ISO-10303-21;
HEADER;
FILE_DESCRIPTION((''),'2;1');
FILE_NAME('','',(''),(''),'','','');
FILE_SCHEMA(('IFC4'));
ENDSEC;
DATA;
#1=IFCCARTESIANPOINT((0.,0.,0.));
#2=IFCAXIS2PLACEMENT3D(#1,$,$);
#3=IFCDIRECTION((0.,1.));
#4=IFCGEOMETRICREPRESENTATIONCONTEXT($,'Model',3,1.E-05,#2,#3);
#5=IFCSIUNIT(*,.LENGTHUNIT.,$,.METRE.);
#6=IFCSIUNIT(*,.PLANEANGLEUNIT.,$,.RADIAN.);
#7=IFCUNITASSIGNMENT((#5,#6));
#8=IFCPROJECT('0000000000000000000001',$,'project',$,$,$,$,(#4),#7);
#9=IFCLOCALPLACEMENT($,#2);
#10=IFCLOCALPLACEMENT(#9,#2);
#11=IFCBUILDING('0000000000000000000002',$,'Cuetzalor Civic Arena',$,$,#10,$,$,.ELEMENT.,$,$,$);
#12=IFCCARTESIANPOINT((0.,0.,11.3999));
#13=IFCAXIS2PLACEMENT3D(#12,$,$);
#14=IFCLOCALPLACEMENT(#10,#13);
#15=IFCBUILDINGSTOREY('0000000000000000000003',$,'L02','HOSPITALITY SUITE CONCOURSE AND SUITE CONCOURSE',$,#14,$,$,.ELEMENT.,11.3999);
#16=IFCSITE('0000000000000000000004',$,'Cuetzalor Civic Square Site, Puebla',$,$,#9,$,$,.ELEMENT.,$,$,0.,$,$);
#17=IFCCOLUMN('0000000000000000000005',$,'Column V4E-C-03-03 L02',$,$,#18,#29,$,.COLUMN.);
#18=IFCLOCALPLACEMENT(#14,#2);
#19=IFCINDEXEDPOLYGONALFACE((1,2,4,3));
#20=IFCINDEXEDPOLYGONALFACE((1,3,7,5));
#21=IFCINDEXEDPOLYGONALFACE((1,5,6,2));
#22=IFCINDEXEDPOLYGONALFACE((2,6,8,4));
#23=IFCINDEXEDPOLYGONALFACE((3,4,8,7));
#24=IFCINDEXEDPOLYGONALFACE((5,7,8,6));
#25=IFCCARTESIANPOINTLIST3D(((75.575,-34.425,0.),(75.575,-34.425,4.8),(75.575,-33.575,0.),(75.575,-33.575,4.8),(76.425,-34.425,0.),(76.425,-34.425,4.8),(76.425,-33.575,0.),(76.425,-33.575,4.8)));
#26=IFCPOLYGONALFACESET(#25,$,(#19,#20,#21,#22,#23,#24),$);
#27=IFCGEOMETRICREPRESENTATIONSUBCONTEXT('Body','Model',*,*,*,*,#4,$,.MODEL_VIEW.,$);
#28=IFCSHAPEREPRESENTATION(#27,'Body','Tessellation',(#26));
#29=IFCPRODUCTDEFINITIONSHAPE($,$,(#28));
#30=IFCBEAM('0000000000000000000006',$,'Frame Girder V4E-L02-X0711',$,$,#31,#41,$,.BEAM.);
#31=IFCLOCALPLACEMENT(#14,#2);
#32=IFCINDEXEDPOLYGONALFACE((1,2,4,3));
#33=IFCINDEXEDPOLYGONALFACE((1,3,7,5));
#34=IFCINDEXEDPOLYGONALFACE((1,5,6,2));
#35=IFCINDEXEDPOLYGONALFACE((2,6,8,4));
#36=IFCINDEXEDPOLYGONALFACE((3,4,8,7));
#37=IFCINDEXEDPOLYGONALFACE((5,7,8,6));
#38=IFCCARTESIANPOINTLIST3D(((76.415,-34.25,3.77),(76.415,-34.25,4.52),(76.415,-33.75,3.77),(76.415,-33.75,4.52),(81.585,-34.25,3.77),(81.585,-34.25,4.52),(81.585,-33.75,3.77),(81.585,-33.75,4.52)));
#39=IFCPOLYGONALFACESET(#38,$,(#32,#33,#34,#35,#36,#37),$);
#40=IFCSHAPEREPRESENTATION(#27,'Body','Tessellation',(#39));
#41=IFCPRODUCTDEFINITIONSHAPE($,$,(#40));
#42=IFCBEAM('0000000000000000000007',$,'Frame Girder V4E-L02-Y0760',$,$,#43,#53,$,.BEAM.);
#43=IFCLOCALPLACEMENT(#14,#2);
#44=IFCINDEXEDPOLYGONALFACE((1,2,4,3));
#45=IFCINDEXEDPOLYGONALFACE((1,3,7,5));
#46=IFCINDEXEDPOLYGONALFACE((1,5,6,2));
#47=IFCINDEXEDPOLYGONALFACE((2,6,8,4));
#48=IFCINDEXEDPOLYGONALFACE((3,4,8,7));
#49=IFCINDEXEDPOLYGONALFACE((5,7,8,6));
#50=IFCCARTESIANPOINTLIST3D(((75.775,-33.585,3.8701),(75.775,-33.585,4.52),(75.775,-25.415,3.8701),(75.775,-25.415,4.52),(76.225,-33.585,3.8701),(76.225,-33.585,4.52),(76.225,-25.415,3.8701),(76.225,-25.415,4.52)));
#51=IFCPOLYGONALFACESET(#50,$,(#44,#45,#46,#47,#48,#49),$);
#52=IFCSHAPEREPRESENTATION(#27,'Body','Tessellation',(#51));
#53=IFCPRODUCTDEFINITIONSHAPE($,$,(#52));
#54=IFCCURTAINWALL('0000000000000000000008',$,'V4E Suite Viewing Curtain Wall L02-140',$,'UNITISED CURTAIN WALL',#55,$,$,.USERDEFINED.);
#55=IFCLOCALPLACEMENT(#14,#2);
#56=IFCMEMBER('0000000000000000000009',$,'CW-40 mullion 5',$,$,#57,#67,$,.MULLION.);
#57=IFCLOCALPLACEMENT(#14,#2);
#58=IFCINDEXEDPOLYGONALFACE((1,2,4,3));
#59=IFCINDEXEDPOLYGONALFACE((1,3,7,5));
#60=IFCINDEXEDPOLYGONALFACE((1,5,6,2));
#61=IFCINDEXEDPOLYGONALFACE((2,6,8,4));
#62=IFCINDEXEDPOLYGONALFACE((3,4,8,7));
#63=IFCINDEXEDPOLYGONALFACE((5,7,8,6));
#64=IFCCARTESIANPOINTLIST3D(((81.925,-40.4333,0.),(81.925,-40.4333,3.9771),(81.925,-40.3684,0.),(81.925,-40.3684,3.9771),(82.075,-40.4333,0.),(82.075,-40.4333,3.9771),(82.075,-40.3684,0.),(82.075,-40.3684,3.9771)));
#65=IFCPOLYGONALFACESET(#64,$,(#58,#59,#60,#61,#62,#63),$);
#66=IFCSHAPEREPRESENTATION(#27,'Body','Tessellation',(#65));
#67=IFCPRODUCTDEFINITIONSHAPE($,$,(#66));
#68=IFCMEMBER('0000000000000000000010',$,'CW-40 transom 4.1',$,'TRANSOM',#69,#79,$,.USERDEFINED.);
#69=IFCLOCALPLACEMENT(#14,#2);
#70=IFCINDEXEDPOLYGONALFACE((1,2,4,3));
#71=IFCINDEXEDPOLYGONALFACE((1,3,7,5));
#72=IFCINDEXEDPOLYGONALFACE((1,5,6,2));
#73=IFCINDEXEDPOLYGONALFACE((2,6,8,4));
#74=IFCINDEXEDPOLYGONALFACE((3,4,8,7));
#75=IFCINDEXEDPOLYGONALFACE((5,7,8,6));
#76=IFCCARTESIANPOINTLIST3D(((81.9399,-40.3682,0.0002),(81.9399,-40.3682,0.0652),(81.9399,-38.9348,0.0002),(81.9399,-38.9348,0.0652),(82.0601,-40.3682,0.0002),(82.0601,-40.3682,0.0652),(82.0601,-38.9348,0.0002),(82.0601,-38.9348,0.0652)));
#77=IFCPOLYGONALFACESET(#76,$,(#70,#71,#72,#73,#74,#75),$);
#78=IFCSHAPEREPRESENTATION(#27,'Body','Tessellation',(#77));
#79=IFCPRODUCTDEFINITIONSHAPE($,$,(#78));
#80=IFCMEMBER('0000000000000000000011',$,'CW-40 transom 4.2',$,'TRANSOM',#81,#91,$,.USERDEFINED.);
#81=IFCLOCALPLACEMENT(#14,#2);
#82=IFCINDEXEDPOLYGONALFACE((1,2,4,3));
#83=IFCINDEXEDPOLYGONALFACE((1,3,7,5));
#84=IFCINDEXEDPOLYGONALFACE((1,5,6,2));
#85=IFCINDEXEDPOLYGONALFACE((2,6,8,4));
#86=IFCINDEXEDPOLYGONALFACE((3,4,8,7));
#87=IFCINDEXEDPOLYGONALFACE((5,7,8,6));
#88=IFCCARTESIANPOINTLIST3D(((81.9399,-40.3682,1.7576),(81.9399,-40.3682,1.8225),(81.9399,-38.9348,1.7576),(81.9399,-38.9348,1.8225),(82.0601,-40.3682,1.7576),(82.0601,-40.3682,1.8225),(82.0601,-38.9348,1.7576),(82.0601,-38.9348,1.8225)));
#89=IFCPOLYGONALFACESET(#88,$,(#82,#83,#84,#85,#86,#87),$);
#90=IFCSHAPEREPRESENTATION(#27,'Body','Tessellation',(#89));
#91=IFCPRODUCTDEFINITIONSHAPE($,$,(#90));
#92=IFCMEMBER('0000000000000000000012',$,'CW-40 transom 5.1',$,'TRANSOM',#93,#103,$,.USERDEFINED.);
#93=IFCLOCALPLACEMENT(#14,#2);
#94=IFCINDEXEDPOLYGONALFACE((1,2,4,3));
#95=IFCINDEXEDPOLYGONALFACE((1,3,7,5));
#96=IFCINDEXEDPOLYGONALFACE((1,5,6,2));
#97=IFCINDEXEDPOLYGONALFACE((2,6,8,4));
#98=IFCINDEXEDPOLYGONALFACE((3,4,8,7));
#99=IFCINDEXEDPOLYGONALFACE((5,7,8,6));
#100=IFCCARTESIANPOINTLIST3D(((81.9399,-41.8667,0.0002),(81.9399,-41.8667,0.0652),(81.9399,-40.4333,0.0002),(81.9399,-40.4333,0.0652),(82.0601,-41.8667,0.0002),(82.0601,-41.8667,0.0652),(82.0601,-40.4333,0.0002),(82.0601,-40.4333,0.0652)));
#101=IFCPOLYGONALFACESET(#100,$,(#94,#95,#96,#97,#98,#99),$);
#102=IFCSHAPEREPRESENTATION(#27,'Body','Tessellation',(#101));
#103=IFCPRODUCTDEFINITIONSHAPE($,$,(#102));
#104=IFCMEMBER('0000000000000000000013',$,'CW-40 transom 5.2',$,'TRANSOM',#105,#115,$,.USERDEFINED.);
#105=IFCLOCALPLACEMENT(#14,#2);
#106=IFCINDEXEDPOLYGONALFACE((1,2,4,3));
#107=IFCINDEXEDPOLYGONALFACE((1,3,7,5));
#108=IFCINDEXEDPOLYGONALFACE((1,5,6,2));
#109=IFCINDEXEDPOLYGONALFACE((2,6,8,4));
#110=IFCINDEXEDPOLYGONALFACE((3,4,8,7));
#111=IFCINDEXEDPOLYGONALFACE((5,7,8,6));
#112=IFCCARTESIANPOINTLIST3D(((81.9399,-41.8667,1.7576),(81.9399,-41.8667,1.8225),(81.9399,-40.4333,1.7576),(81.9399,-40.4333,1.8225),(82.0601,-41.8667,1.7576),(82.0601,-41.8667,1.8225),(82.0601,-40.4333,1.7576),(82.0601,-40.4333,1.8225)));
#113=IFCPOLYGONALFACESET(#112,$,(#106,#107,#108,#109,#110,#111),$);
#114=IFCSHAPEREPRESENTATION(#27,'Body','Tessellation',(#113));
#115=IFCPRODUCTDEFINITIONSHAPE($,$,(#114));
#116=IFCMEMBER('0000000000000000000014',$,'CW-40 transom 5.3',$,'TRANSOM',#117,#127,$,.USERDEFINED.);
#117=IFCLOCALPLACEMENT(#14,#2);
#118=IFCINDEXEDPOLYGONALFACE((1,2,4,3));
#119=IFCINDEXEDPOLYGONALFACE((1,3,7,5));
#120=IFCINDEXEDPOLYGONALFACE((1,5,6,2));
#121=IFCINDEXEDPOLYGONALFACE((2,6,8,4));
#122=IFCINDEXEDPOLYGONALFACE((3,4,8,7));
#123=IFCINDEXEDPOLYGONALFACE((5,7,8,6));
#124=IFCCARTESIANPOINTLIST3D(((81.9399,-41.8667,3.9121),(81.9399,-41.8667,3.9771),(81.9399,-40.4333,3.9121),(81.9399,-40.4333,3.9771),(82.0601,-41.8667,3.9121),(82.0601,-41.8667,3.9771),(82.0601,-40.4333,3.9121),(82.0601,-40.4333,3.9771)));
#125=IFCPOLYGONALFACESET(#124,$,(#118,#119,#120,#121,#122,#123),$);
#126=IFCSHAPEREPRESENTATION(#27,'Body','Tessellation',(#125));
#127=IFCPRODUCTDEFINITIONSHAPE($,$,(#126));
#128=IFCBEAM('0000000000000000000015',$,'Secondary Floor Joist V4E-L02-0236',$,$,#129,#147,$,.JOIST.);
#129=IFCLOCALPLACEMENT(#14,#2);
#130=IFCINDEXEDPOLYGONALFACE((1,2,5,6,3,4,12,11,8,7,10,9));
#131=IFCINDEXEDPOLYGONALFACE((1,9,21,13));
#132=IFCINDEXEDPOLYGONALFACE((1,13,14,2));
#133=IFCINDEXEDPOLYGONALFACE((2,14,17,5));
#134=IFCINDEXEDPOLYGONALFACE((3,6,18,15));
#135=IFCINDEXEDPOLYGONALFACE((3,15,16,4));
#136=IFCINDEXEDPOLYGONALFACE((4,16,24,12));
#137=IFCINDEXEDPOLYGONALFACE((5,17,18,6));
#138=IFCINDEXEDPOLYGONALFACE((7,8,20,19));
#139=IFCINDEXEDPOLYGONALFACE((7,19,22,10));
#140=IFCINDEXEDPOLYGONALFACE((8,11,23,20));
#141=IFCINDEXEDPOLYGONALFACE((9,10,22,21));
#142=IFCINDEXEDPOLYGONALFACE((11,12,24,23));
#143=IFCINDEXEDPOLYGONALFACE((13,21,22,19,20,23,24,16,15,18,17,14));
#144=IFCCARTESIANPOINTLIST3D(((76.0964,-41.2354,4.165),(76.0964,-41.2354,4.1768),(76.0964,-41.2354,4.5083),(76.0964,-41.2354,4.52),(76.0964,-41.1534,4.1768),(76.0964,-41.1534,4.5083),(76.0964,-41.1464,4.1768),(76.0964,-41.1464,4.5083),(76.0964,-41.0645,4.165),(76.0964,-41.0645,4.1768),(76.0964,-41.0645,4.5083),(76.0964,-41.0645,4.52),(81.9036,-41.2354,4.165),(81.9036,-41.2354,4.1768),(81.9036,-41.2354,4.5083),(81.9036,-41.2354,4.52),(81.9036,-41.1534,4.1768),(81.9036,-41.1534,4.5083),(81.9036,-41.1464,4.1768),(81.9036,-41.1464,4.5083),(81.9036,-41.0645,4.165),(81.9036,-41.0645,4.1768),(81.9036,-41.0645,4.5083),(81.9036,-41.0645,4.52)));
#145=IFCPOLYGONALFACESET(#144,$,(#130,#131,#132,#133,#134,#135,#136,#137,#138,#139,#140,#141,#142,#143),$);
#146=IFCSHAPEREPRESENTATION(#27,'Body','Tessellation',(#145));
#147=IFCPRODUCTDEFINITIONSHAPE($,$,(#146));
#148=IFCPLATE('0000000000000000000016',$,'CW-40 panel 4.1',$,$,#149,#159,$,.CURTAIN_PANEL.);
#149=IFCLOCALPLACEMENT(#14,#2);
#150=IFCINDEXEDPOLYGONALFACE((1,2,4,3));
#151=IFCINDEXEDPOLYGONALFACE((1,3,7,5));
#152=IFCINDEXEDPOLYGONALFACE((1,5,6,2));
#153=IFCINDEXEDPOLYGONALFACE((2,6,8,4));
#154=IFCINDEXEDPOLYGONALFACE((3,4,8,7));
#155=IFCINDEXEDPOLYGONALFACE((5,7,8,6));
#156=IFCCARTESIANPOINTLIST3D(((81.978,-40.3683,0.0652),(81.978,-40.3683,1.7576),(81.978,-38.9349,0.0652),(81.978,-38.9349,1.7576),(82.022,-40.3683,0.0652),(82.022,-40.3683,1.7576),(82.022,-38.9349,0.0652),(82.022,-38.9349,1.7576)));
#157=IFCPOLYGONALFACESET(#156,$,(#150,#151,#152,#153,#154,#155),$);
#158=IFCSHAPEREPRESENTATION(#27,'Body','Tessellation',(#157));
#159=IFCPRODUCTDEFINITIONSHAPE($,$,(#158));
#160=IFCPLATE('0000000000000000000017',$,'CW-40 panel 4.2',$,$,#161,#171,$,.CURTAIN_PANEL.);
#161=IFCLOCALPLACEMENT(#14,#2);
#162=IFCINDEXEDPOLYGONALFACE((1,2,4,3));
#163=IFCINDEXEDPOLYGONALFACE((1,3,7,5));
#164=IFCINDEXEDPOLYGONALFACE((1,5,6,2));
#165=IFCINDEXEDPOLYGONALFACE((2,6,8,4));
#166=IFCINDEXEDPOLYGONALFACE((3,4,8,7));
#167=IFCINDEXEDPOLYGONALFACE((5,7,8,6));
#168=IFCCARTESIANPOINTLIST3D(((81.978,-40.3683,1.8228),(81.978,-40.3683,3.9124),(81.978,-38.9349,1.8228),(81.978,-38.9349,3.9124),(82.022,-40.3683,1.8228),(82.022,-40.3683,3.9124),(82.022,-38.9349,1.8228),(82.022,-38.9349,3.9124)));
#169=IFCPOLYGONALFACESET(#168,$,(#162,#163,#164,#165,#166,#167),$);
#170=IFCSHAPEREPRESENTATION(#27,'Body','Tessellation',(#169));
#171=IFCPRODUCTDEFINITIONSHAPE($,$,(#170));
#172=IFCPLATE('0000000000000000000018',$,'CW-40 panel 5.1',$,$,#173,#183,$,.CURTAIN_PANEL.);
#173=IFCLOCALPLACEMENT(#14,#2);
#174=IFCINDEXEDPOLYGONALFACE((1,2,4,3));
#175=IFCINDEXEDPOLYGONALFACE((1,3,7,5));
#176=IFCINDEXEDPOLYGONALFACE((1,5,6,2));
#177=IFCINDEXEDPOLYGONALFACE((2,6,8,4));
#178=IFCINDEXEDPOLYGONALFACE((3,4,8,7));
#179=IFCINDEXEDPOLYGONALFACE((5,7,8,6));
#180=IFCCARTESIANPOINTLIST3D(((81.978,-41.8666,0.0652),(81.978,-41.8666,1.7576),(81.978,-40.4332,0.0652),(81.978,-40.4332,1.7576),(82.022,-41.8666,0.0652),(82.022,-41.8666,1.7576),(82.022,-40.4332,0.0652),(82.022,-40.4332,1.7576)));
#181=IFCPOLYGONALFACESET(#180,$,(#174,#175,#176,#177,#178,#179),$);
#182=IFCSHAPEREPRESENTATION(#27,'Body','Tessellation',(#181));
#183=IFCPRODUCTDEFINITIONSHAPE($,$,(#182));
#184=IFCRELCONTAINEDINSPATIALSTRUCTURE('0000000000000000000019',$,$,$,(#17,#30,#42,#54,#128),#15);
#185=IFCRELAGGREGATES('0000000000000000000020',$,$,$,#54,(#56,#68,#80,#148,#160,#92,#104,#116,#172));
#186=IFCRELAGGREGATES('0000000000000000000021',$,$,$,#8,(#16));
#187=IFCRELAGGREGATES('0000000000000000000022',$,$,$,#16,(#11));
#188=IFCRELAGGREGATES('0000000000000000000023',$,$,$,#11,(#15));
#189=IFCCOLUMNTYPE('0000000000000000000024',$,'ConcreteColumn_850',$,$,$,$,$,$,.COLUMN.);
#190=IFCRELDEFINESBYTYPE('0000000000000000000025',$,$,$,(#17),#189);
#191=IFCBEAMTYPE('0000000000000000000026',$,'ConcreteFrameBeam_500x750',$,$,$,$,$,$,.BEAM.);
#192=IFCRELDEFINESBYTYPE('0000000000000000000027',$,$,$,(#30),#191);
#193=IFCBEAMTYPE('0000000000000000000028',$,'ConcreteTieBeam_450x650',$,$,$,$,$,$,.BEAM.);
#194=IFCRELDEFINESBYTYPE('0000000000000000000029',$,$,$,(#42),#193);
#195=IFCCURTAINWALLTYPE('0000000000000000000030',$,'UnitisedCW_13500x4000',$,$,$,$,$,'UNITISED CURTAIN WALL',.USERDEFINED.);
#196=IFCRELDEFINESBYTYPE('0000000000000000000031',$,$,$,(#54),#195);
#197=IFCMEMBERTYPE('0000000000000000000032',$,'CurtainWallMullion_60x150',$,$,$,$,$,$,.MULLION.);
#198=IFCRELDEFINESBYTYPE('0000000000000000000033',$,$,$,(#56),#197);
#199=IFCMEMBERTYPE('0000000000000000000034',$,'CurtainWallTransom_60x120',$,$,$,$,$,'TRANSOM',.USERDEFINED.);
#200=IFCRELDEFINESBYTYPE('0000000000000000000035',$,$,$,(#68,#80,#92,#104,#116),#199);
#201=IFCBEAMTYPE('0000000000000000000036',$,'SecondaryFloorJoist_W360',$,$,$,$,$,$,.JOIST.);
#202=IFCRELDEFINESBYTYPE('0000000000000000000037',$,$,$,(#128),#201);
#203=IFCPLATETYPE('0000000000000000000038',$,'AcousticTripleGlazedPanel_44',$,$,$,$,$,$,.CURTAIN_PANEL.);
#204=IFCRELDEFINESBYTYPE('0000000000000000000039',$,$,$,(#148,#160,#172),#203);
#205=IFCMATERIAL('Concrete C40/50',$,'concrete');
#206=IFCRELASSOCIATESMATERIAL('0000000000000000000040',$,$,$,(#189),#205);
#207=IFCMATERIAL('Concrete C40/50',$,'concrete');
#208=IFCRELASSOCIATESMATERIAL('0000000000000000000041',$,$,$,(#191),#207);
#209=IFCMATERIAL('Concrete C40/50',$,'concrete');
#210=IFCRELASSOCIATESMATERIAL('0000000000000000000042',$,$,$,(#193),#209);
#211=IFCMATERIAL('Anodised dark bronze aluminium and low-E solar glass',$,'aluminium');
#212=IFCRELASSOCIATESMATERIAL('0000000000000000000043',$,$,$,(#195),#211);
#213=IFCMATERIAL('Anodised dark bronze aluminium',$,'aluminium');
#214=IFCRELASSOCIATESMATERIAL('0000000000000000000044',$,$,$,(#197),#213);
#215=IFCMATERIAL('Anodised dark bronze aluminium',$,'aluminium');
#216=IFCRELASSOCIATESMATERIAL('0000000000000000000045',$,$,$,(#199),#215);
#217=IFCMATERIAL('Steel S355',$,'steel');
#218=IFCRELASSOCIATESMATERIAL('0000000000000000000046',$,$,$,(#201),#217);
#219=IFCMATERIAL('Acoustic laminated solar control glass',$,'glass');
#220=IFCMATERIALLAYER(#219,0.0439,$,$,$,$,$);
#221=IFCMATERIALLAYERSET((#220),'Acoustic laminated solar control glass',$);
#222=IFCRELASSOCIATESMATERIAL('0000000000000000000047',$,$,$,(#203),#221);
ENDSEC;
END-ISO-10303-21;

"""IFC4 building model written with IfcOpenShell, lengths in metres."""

from ifc_helpers import new_model, si_unit, direction, frame, origin, origin_2d, place, context, subcontext, project, spatial, rectangle, i_section, extrude, material, layer, layer_set, material_profile, profile_set, type_object, element, aggregate, save


model = new_model("IFC4")

# Units and contexts
model_context = context("Model", 3, precision=1e-05, world=origin(), true_north=direction((0.0, 1.0)))
body_context = subcontext(model_context, "Body", "Model", "MODEL_VIEW")
ifc_project = project(units=[si_unit("LENGTHUNIT", "METRE"), si_unit("PLANEANGLEUNIT", "RADIAN")], contexts=[model_context])

# Site, building, storey
site_placement = place(None, origin())
site = spatial("IfcSite", under=ifc_project, at=site_placement, Name="Cuetzalor Civic Square Site, Puebla", CompositionType="ELEMENT", RefElevation=0.0)
building_placement = place(site_placement, origin())
building = spatial("IfcBuilding", under=site, at=building_placement, Name="Cuetzalor Civic Arena", CompositionType="ELEMENT")
storey_placement = place(building_placement, frame((0.0, 0.0, 11.3999)))
storey = spatial("IfcBuildingStorey", under=building, at=storey_placement, Name="L02", Description="HOSPITALITY SUITE CONCOURSE AND SUITE CONCOURSE", CompositionType="ELEMENT", Elevation=11.3999)

# Column
ifc_material_1 = material(Name="Concrete C40/50", Category="concrete")
ifc_material_profile_1 = material_profile(ifc_material_1, rectangle(XDim=0.8501, YDim=0.8501, at=origin_2d()), Name="RC 850x850")
ifc_profile_set_1 = profile_set([ifc_material_profile_1], Name="Concrete C40/50")
column_type = type_object("IfcColumnType", Name="ConcreteColumn_850", PredefinedType="COLUMN", material=ifc_profile_set_1)
column_placement = place(storey_placement, frame((76.0, -34.0, 0.0), z_axis=(0.0, 0.0, 1.0), x_axis=(1.0, 0.0, 0.0)))
element("IfcColumn", 1, at=column_placement, inside=storey, type_object=column_type, Name="Column V4E-C-03-03 L02", PredefinedType="COLUMN", context=body_context, shape_type="SweptSolid", body=[
    extrude(rectangle(XDim=0.8501, YDim=0.8501, at=origin_2d()), origin(), (0.0, 0.0, 1.0), 4.8),
])

# Beams
ifc_material_2 = material(Name="Concrete C40/50", Category="concrete")
ifc_material_profile_2 = material_profile(ifc_material_2, rectangle(XDim=0.5, YDim=0.75, at=origin_2d()), Name="RC 500x750")
ifc_profile_set_2 = profile_set([ifc_material_profile_2], Name="Concrete C40/50")
beam_type_1 = type_object("IfcBeamType", Name="ConcreteFrameBeam_500x750", PredefinedType="BEAM", material=ifc_profile_set_2)
beam_1_placement = place(storey_placement, frame((76.415, -34.0, 4.145), z_axis=(1.0, 0.0, 0.0), x_axis=(0.0, 1.0, 0.0)))
element("IfcBeam", 2, at=beam_1_placement, inside=storey, type_object=beam_type_1, Name="Frame Girder V4E-L02-X0711", PredefinedType="BEAM", context=body_context, shape_type="SweptSolid", body=[
    extrude(rectangle(XDim=0.5, YDim=0.75, at=origin_2d()), origin(), (0.0, 0.0, 1.0), 5.1699),
])
ifc_material_3 = material(Name="Concrete C40/50", Category="concrete")
ifc_material_profile_3 = material_profile(ifc_material_3, rectangle(XDim=0.45, YDim=0.6499, at=origin_2d()), Name="RC 450x650")
ifc_profile_set_3 = profile_set([ifc_material_profile_3], Name="Concrete C40/50")
beam_type_2 = type_object("IfcBeamType", Name="ConcreteTieBeam_450x650", PredefinedType="BEAM", material=ifc_profile_set_3)
beam_2_placement = place(storey_placement, frame((76.0, -33.585, 4.1951), z_axis=(0.0, 1.0, 0.0), x_axis=(-1.0, 0.0, 0.0)))
element("IfcBeam", 3, at=beam_2_placement, inside=storey, type_object=beam_type_2, Name="Frame Girder V4E-L02-Y0760", PredefinedType="BEAM", context=body_context, shape_type="SweptSolid", body=[
    extrude(rectangle(XDim=0.45, YDim=0.6499, at=origin_2d()), origin(), (0.0, 0.0, 1.0), 8.1699),
])

# Curtain wall, members
ifc_material_4 = material(Name="Anodised dark bronze aluminium and low-E solar glass", Category="aluminium")
curtain_wall_type = type_object("IfcCurtainWallType", Name="UnitisedCW_13500x4000", ElementType="UNITISED CURTAIN WALL", PredefinedType="USERDEFINED", material=ifc_material_4)
curtain_wall_placement = place(storey_placement, origin())
curtain_wall = element("IfcCurtainWall", 4, at=curtain_wall_placement, inside=storey, type_object=curtain_wall_type, Name="V4E Suite Viewing Curtain Wall L02-140", ObjectType="UNITISED CURTAIN WALL", PredefinedType="USERDEFINED")
ifc_material_5 = material(Name="Anodised dark bronze aluminium", Category="aluminium")
ifc_material_profile_4 = material_profile(ifc_material_5, rectangle(XDim=0.0649, YDim=0.1499, at=origin_2d()), Name="ALU MULLION 65x150")
ifc_profile_set_4 = profile_set([ifc_material_profile_4], Name="Anodised dark bronze aluminium")
member_type_1 = type_object("IfcMemberType", Name="CurtainWallMullion_60x150", PredefinedType="MULLION", material=ifc_profile_set_4)
member_1_placement = place(storey_placement, frame((82.0, -40.4009, 0.0), z_axis=(0.0, 0.0, 1.0), x_axis=(0.0, -1.0, 0.0)))
member_1 = element("IfcMember", 5, at=member_1_placement, type_object=member_type_1, Name="CW-40 mullion 5", PredefinedType="MULLION", context=body_context, shape_type="SweptSolid", body=[
    extrude(rectangle(XDim=0.0649, YDim=0.1499, at=origin_2d()), origin(), (0.0, 0.0, 1.0), 3.9771),
])
ifc_material_6 = material(Name="Anodised dark bronze aluminium", Category="aluminium")
ifc_material_profile_5 = material_profile(ifc_material_6, rectangle(XDim=0.1201, YDim=0.0649, at=origin_2d()), Name="ALU TRANSOM 65x120")
ifc_profile_set_5 = profile_set([ifc_material_profile_5], Name="Anodised dark bronze aluminium")
member_type_2 = type_object("IfcMemberType", Name="CurtainWallTransom_60x120", ElementType="TRANSOM", PredefinedType="USERDEFINED", material=ifc_profile_set_5)
member_2_placement = place(storey_placement, frame((82.0, -38.9348, 0.0327), z_axis=(0.0, -1.0, 0.0), x_axis=(1.0, 0.0, 0.0)))
member_2 = element("IfcMember", 6, at=member_2_placement, type_object=member_type_2, Name="CW-40 transom 4.1", ObjectType="TRANSOM", PredefinedType="USERDEFINED", context=body_context, shape_type="SweptSolid", body=[
    extrude(rectangle(XDim=0.1201, YDim=0.0649, at=origin_2d()), origin(), (0.0, 0.0, 1.0), 1.4333),
])
member_3_placement = place(storey_placement, frame((82.0, -38.9348, 1.79), z_axis=(0.0, -1.0, 0.0), x_axis=(1.0, 0.0, 0.0)))
member_3 = element("IfcMember", 7, at=member_3_placement, type_object=member_type_2, Name="CW-40 transom 4.2", ObjectType="TRANSOM", PredefinedType="USERDEFINED", context=body_context, shape_type="SweptSolid", body=[
    extrude(rectangle(XDim=0.1201, YDim=0.0649, at=origin_2d()), origin(), (0.0, 0.0, 1.0), 1.4333),
])
member_4_placement = place(storey_placement, frame((82.0, -40.4333, 0.0327), z_axis=(0.0, -1.0, 0.0), x_axis=(1.0, 0.0, 0.0)))
member_4 = element("IfcMember", 8, at=member_4_placement, type_object=member_type_2, Name="CW-40 transom 5.1", ObjectType="TRANSOM", PredefinedType="USERDEFINED", context=body_context, shape_type="SweptSolid", body=[
    extrude(rectangle(XDim=0.1201, YDim=0.0649, at=origin_2d()), origin(), (0.0, 0.0, 1.0), 1.4333),
])
member_5_placement = place(storey_placement, frame((82.0, -40.4333, 1.79), z_axis=(0.0, -1.0, 0.0), x_axis=(1.0, 0.0, 0.0)))
member_5 = element("IfcMember", 9, at=member_5_placement, type_object=member_type_2, Name="CW-40 transom 5.2", ObjectType="TRANSOM", PredefinedType="USERDEFINED", context=body_context, shape_type="SweptSolid", body=[
    extrude(rectangle(XDim=0.1201, YDim=0.0649, at=origin_2d()), origin(), (0.0, 0.0, 1.0), 1.4333),
])
member_6_placement = place(storey_placement, frame((82.0, -40.4333, 3.9446), z_axis=(0.0, -1.0, 0.0), x_axis=(1.0, 0.0, 0.0)))
member_6 = element("IfcMember", 10, at=member_6_placement, type_object=member_type_2, Name="CW-40 transom 5.3", ObjectType="TRANSOM", PredefinedType="USERDEFINED", context=body_context, shape_type="SweptSolid", body=[
    extrude(rectangle(XDim=0.1201, YDim=0.0649, at=origin_2d()), origin(), (0.0, 0.0, 1.0), 1.4333),
])

# Beam
ifc_material_7 = material(Name="Steel S355", Category="steel")
ifc_material_profile_6 = material_profile(ifc_material_7, i_section(OverallWidth=0.1709, OverallDepth=0.355, WebThickness=0.0071, FlangeThickness=0.0117, at=origin_2d()), Name="W360x51")
ifc_profile_set_6 = profile_set([ifc_material_profile_6], Name="Steel S355")
beam_type_3 = type_object("IfcBeamType", Name="SecondaryFloorJoist_W360", PredefinedType="JOIST", material=ifc_profile_set_6)
beam_3_placement = place(storey_placement, frame((76.0964, -41.1499, 4.3425), z_axis=(1.0, 0.0, 0.0), x_axis=(0.0, 1.0, 0.0)))
element("IfcBeam", 11, at=beam_3_placement, inside=storey, type_object=beam_type_3, Name="Secondary Floor Joist V4E-L02-0236", PredefinedType="JOIST", context=body_context, shape_type="SweptSolid", body=[
    extrude(i_section(OverallWidth=0.1709, OverallDepth=0.355, WebThickness=0.0071, FlangeThickness=0.0117, at=origin_2d()), origin(), (0.0, 0.0, 1.0), 5.8071),
])

# Plates
ifc_material_8 = material(Name="Acoustic laminated solar control glass", Category="glass")
ifc_layer_1 = layer(ifc_material_8, 0.0439)
ifc_layer_set_1 = layer_set([ifc_layer_1], Name="Acoustic laminated solar control glass")
plate_type = type_object("IfcPlateType", Name="AcousticTripleGlazedPanel_44", PredefinedType="CURTAIN_PANEL", material=ifc_layer_set_1)
plate_1_placement = place(storey_placement, frame((82.0, -39.6516, 0.0652), z_axis=(0.0, 0.0, 1.0), x_axis=(0.0, -1.0, 0.0)))
plate_1 = element("IfcPlate", 12, at=plate_1_placement, type_object=plate_type, Name="CW-40 panel 4.1", PredefinedType="CURTAIN_PANEL", context=body_context, shape_type="SweptSolid", body=[
    extrude(rectangle(XDim=1.4333, YDim=0.0439, at=origin_2d()), origin(), (0.0, 0.0, 1.0), 1.6924),
])
plate_2_placement = place(storey_placement, frame((82.0, -39.6516, 1.8228), z_axis=(0.0, 0.0, 1.0), x_axis=(0.0, -1.0, 0.0)))
plate_2 = element("IfcPlate", 13, at=plate_2_placement, type_object=plate_type, Name="CW-40 panel 4.2", PredefinedType="CURTAIN_PANEL", context=body_context, shape_type="SweptSolid", body=[
    extrude(rectangle(XDim=1.4333, YDim=0.0439, at=origin_2d()), origin(), (0.0, 0.0, 1.0), 2.0896),
])
plate_3_placement = place(storey_placement, frame((82.0, -41.1499, 0.0652), z_axis=(0.0, 0.0, 1.0), x_axis=(0.0, -1.0, 0.0)))
plate_3 = element("IfcPlate", 14, at=plate_3_placement, type_object=plate_type, Name="CW-40 panel 5.1", PredefinedType="CURTAIN_PANEL", context=body_context, shape_type="SweptSolid", body=[
    extrude(rectangle(XDim=1.4333, YDim=0.0439, at=origin_2d()), origin(), (0.0, 0.0, 1.0), 1.6924),
])
aggregate(curtain_wall, [member_1, member_2, member_3, plate_1, plate_2, member_4, member_5, member_6, plate_3])

save(model, "model.ifc")
